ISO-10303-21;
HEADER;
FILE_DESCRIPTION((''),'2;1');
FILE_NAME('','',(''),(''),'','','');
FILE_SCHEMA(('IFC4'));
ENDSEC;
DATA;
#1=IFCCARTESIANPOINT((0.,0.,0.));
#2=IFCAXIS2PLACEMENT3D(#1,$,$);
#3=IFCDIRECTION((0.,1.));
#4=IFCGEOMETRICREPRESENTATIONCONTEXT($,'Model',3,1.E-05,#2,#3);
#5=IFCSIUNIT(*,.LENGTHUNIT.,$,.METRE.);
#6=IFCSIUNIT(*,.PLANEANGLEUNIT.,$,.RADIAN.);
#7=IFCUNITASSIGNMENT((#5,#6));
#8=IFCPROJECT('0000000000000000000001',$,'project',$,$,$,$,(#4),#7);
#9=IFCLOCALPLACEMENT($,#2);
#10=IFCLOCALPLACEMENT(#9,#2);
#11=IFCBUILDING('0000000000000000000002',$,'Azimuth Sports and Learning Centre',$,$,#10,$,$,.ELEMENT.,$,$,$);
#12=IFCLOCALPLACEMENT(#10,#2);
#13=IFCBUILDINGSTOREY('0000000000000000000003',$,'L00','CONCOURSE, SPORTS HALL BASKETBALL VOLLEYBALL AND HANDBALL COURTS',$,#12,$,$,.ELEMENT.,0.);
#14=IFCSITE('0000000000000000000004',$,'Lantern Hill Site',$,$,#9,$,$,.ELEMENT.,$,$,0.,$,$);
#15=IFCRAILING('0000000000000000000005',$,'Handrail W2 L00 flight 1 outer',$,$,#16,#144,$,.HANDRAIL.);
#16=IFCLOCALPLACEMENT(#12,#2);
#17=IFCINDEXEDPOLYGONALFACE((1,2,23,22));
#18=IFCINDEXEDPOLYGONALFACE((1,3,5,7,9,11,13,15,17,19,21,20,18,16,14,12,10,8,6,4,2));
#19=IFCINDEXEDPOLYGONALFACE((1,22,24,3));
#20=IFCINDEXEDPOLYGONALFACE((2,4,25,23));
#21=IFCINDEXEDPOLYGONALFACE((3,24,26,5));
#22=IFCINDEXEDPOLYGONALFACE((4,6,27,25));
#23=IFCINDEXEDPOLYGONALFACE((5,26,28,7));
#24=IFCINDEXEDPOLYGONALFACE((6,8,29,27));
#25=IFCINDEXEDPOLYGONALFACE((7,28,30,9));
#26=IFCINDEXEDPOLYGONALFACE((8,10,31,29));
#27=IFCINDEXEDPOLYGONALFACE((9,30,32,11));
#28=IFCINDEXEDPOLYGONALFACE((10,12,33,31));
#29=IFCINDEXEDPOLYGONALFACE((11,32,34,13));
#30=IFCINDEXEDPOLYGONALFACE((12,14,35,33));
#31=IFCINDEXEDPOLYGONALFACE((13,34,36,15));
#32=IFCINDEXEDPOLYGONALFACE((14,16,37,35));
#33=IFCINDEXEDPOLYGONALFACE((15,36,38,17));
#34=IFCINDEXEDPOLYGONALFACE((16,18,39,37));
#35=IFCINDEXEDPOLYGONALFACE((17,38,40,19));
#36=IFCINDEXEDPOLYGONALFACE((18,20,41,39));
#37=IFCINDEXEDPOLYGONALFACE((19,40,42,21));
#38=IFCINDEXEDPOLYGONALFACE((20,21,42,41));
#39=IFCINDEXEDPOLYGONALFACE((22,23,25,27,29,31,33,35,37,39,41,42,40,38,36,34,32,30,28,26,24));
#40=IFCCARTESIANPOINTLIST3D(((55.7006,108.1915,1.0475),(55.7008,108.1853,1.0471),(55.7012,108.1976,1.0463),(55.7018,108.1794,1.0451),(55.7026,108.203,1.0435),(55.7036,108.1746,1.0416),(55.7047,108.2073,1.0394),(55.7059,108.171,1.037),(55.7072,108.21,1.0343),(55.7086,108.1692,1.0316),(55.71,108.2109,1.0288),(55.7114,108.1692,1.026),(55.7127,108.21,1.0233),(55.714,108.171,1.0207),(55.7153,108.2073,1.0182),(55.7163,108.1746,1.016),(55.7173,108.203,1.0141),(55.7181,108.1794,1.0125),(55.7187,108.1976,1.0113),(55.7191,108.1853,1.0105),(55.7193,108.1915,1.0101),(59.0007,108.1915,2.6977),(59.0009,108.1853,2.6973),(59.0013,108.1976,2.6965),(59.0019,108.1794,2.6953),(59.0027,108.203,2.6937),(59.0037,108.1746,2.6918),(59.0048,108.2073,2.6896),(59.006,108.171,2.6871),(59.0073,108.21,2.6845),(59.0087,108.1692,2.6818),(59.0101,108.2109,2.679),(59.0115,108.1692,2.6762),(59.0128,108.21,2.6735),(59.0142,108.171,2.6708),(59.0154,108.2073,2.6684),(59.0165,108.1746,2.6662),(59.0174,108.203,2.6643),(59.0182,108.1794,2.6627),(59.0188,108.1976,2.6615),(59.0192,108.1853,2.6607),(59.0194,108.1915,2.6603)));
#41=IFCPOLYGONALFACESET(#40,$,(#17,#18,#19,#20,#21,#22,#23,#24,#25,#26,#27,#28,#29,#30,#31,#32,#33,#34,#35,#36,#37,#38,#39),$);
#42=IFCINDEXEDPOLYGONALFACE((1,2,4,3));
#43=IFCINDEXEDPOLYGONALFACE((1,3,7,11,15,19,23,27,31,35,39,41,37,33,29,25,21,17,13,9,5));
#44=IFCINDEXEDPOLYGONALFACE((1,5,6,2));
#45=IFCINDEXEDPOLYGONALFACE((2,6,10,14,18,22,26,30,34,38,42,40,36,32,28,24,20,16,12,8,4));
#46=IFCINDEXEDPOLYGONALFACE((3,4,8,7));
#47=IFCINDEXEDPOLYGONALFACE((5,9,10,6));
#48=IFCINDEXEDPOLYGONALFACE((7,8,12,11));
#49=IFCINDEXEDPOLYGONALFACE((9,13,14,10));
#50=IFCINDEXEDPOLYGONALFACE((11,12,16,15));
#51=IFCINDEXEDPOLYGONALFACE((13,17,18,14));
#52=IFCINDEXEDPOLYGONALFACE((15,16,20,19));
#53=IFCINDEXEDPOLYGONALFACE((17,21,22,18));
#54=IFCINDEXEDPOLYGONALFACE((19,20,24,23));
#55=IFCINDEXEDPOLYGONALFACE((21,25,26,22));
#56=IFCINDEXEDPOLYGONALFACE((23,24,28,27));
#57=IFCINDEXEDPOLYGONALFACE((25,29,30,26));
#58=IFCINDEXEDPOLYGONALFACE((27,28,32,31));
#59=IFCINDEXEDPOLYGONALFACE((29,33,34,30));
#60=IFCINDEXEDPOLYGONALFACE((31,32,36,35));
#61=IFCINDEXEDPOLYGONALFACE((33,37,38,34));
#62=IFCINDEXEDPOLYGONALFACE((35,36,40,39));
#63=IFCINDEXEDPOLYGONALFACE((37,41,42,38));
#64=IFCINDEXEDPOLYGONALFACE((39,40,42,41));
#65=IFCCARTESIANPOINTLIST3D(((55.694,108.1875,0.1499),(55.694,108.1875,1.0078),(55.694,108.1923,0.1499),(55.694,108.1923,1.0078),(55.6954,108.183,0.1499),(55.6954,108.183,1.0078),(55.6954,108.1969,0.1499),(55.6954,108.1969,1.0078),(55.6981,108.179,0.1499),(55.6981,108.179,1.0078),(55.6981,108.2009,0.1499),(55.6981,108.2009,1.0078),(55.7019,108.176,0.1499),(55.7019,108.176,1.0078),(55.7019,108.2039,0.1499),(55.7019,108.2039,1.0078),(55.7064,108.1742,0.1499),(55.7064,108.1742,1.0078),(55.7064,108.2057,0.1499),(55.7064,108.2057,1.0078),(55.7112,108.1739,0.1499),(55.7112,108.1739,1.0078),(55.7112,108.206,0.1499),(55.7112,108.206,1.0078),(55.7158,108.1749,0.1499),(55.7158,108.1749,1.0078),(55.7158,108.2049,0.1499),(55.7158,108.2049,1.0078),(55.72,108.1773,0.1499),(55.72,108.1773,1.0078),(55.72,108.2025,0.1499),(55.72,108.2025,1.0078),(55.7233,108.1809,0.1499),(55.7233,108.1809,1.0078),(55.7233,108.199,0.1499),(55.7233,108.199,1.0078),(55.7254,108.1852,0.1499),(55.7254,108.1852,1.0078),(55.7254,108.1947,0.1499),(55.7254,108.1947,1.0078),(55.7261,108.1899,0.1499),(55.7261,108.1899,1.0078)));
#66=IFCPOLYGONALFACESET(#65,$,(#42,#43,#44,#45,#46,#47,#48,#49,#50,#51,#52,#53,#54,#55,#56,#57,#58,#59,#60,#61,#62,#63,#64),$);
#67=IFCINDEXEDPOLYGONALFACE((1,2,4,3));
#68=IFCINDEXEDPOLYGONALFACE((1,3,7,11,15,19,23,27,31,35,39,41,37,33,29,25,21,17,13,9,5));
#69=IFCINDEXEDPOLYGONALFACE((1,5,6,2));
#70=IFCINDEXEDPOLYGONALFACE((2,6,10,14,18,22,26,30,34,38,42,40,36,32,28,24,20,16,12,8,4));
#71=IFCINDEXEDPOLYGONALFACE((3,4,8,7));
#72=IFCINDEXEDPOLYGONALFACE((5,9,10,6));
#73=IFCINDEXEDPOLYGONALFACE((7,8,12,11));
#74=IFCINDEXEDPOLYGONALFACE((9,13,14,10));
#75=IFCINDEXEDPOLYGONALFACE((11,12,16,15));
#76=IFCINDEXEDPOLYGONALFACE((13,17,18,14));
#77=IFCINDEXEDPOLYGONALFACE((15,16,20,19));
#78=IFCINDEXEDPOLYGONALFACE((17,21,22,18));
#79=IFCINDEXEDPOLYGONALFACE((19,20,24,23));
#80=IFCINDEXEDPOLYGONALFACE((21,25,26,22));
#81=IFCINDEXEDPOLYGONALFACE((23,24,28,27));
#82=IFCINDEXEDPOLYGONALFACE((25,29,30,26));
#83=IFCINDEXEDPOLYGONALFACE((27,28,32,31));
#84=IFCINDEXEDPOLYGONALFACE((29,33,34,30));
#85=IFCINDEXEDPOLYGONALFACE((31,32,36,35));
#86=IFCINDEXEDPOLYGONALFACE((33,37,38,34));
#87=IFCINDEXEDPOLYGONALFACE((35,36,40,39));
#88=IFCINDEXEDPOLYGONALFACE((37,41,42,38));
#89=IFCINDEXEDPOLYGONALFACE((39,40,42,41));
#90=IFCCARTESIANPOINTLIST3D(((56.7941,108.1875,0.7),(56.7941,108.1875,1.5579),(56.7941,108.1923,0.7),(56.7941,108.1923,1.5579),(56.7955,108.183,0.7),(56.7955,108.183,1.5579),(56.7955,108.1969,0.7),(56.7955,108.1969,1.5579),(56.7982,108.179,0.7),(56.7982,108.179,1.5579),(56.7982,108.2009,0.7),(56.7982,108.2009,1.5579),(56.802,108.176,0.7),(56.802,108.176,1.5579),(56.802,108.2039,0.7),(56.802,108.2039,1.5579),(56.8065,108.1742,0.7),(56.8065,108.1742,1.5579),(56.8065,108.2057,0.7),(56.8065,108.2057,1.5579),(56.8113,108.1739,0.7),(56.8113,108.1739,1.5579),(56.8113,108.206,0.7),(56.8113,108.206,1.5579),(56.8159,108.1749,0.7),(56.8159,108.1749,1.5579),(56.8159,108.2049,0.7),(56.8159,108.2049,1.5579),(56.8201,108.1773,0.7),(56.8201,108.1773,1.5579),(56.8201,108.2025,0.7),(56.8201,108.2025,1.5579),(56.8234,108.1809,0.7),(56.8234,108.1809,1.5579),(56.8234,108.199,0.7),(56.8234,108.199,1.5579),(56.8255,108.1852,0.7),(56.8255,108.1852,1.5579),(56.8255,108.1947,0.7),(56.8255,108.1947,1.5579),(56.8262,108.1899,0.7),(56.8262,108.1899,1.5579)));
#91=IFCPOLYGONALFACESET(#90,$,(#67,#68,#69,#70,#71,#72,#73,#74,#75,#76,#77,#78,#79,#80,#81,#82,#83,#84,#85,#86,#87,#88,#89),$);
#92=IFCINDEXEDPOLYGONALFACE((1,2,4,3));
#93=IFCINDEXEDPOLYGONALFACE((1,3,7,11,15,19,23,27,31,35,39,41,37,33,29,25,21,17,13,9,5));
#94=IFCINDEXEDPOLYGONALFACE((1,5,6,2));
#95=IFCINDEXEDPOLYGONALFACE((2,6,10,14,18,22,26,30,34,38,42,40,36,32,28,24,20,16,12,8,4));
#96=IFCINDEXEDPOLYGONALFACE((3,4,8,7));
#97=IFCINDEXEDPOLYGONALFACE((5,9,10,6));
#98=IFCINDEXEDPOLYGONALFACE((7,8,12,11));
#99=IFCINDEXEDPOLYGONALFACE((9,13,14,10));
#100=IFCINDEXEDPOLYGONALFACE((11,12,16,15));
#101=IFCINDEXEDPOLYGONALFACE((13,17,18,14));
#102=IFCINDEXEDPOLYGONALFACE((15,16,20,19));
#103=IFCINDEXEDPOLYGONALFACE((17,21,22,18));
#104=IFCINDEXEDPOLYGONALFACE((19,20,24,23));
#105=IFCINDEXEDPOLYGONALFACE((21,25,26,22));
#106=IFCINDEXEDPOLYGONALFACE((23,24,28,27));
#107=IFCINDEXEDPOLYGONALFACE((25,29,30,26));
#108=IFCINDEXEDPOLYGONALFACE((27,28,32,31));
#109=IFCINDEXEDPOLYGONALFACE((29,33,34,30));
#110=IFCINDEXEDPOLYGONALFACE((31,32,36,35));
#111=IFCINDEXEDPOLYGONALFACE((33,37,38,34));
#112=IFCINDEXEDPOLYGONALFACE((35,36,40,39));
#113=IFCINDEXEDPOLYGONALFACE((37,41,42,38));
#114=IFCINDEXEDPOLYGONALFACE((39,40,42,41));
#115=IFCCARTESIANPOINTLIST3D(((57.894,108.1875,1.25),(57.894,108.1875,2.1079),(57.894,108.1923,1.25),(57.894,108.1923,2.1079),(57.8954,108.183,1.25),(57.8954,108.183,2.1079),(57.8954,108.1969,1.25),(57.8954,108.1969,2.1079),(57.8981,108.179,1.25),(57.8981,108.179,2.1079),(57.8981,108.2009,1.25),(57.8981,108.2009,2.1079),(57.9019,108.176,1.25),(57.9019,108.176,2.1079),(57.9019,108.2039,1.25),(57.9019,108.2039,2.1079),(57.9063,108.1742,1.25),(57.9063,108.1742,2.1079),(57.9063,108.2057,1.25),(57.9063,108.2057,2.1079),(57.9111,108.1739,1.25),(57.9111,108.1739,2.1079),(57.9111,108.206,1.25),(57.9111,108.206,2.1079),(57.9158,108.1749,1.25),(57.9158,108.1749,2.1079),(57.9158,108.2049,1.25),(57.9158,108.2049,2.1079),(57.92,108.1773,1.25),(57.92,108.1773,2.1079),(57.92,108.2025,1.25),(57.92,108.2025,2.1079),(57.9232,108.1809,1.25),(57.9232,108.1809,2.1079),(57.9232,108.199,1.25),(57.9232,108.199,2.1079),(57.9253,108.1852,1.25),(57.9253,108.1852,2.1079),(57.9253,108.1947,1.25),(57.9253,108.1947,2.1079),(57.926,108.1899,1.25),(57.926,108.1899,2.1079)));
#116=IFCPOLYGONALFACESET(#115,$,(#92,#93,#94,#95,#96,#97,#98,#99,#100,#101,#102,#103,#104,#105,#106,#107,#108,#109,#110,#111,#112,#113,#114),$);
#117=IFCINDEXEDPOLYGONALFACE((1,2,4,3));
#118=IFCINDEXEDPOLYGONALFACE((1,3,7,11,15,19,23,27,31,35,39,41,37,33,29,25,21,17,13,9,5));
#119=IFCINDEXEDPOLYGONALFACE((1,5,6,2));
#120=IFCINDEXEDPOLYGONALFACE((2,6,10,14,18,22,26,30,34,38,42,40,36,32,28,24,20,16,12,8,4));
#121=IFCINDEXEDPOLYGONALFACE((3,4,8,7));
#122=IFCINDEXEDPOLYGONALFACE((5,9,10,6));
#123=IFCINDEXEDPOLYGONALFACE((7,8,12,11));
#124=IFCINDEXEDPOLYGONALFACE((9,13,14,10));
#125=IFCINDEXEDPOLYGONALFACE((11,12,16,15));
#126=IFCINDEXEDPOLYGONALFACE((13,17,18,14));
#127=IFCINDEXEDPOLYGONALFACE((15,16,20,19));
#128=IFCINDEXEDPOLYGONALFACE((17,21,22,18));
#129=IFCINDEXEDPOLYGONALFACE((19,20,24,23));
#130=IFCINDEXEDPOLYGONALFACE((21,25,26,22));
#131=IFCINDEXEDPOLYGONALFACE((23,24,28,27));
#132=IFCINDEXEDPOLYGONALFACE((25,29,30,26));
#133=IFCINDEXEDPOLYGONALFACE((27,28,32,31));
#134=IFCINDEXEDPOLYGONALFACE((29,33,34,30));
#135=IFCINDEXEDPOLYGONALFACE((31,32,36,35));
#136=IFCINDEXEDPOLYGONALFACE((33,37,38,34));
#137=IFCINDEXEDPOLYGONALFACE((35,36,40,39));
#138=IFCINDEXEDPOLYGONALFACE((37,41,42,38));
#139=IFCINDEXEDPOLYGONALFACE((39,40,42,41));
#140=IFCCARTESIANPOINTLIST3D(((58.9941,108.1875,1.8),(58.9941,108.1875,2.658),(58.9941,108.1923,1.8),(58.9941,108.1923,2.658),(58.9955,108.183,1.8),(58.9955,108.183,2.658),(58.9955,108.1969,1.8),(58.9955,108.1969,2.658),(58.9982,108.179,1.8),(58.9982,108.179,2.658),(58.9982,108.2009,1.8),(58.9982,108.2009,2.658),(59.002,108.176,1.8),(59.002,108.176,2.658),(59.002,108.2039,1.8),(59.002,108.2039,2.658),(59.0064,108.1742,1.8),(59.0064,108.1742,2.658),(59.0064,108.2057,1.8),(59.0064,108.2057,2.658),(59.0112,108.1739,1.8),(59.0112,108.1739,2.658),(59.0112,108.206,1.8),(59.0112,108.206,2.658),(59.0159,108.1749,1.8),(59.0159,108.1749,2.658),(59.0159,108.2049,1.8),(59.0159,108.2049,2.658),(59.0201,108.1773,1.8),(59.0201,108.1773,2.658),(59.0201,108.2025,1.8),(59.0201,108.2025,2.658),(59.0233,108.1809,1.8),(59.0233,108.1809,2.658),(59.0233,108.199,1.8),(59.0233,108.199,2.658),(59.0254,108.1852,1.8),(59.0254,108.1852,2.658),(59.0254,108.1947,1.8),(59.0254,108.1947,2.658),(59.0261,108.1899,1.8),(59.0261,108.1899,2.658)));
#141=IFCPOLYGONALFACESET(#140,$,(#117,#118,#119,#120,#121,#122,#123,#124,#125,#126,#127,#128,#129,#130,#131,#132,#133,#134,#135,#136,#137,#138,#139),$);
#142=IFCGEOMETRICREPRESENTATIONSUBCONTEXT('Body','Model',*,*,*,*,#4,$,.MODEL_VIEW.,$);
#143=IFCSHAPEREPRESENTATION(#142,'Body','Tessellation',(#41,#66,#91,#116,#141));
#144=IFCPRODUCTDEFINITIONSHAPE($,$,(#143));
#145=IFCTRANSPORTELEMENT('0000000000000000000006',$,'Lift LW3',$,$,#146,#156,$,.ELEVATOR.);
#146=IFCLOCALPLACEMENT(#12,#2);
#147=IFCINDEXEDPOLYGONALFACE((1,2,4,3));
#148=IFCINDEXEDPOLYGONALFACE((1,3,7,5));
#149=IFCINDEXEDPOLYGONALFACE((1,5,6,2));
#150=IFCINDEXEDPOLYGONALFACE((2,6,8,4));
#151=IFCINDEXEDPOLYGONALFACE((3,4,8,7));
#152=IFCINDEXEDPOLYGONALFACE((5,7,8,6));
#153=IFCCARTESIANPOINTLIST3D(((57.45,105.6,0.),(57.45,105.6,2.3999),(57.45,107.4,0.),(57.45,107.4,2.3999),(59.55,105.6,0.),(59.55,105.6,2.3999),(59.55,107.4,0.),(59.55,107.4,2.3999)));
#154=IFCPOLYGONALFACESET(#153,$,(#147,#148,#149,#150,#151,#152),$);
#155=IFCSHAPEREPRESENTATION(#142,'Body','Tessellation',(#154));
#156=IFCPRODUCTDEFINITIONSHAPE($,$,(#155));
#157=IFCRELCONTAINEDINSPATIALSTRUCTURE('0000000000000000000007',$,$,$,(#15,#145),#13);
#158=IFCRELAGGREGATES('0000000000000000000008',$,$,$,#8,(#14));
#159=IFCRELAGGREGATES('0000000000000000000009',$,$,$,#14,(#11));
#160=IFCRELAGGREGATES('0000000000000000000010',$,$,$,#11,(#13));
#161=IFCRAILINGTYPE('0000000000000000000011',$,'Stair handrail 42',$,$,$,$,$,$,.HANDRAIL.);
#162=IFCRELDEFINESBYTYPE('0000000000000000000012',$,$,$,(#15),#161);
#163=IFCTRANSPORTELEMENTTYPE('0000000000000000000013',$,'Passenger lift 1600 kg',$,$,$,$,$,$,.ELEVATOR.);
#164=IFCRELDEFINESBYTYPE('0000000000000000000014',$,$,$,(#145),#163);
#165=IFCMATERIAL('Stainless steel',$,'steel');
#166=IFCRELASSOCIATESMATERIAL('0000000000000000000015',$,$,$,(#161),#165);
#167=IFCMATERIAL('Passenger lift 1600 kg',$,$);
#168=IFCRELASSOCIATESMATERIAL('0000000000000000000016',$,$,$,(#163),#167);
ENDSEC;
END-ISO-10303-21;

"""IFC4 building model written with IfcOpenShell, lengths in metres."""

from ifc_helpers import new_model, si_unit, direction, frame, origin, origin_2d, place, context, subcontext, project, spatial, rectangle, circle, extrude, material, type_object, element, save


model = new_model("IFC4")

# Units and contexts
model_context = context("Model", 3, precision=1e-05, world=origin(), true_north=direction((0.0, 1.0)))
body_context = subcontext(model_context, "Body", "Model", "MODEL_VIEW")
ifc_project = project(units=[si_unit("LENGTHUNIT", "METRE"), si_unit("PLANEANGLEUNIT", "RADIAN")], contexts=[model_context])

# Site, building, storey
site_placement = place(None, origin())
site = spatial("IfcSite", under=ifc_project, at=site_placement, Name="Lantern Hill Site", CompositionType="ELEMENT", RefElevation=0.0)
building_placement = place(site_placement, origin())
building = spatial("IfcBuilding", under=site, at=building_placement, Name="Azimuth Sports and Learning Centre", CompositionType="ELEMENT")
storey_placement = place(building_placement, origin())
storey = spatial("IfcBuildingStorey", under=building, at=storey_placement, Name="L00", Description="CONCOURSE, SPORTS HALL BASKETBALL VOLLEYBALL AND HANDBALL COURTS", CompositionType="ELEMENT", Elevation=0.0)

# Railing
ifc_material_1 = material(Name="Stainless steel", Category="steel")
railing_type_1 = type_object("IfcRailingType", Name="Stair handrail 42", PredefinedType="HANDRAIL", material=ifc_material_1)
for number, where, name in (
    (1, (55.71, 108.1899, 0.1499), "Handrail W2 L00 flight 1 outer"),
):
    element("IfcRailing", number, at=place(storey_placement, frame(where)), inside=storey, type_object=railing_type_1, Name=name, PredefinedType="HANDRAIL", context=body_context, shape_type="SweptSolid", body=[
        extrude(circle(Radius=0.021, at=origin_2d()), frame((0.0, 0.0, 0.8789), z_axis=(0.894414, 0.0, 0.44724), x_axis=(0.0, 1.0, 0.0)), (0.0, 0.0, 1.0), 3.6897),
        extrude(circle(Radius=0.0161, at=origin_2d()), origin(), (0.0, 0.0, 1.0), 0.8579),
        extrude(circle(Radius=0.0161, at=origin_2d()), frame((1.1001, 0.0, 0.55)), (0.0, 0.0, 1.0), 0.8579),
        extrude(circle(Radius=0.0161, at=origin_2d()), frame((2.2, 0.0, 1.1001)), (0.0, 0.0, 1.0), 0.8579),
        extrude(circle(Radius=0.0161, at=origin_2d()), frame((3.3, 0.0, 1.6501)), (0.0, 0.0, 1.0), 0.8579),
    ])

# Transport element
ifc_material_2 = material(Name="Passenger lift 1600 kg")
transport_element_type = type_object("IfcTransportElementType", Name="Passenger lift 1600 kg", PredefinedType="ELEVATOR", material=ifc_material_2)
transport_element_placement = place(storey_placement, frame((58.5, 106.5, 0.0), z_axis=(0.0, 0.0, 1.0), x_axis=(1.0, 0.0, 0.0)))
element("IfcTransportElement", 2, at=transport_element_placement, inside=storey, type_object=transport_element_type, Name="Lift LW3", PredefinedType="ELEVATOR", context=body_context, shape_type="SweptSolid", body=[
    extrude(rectangle(XDim=2.1001, YDim=1.8, at=origin_2d()), origin(), (0.0, 0.0, 1.0), 2.3999),
])

save(model, "model.ifc")
